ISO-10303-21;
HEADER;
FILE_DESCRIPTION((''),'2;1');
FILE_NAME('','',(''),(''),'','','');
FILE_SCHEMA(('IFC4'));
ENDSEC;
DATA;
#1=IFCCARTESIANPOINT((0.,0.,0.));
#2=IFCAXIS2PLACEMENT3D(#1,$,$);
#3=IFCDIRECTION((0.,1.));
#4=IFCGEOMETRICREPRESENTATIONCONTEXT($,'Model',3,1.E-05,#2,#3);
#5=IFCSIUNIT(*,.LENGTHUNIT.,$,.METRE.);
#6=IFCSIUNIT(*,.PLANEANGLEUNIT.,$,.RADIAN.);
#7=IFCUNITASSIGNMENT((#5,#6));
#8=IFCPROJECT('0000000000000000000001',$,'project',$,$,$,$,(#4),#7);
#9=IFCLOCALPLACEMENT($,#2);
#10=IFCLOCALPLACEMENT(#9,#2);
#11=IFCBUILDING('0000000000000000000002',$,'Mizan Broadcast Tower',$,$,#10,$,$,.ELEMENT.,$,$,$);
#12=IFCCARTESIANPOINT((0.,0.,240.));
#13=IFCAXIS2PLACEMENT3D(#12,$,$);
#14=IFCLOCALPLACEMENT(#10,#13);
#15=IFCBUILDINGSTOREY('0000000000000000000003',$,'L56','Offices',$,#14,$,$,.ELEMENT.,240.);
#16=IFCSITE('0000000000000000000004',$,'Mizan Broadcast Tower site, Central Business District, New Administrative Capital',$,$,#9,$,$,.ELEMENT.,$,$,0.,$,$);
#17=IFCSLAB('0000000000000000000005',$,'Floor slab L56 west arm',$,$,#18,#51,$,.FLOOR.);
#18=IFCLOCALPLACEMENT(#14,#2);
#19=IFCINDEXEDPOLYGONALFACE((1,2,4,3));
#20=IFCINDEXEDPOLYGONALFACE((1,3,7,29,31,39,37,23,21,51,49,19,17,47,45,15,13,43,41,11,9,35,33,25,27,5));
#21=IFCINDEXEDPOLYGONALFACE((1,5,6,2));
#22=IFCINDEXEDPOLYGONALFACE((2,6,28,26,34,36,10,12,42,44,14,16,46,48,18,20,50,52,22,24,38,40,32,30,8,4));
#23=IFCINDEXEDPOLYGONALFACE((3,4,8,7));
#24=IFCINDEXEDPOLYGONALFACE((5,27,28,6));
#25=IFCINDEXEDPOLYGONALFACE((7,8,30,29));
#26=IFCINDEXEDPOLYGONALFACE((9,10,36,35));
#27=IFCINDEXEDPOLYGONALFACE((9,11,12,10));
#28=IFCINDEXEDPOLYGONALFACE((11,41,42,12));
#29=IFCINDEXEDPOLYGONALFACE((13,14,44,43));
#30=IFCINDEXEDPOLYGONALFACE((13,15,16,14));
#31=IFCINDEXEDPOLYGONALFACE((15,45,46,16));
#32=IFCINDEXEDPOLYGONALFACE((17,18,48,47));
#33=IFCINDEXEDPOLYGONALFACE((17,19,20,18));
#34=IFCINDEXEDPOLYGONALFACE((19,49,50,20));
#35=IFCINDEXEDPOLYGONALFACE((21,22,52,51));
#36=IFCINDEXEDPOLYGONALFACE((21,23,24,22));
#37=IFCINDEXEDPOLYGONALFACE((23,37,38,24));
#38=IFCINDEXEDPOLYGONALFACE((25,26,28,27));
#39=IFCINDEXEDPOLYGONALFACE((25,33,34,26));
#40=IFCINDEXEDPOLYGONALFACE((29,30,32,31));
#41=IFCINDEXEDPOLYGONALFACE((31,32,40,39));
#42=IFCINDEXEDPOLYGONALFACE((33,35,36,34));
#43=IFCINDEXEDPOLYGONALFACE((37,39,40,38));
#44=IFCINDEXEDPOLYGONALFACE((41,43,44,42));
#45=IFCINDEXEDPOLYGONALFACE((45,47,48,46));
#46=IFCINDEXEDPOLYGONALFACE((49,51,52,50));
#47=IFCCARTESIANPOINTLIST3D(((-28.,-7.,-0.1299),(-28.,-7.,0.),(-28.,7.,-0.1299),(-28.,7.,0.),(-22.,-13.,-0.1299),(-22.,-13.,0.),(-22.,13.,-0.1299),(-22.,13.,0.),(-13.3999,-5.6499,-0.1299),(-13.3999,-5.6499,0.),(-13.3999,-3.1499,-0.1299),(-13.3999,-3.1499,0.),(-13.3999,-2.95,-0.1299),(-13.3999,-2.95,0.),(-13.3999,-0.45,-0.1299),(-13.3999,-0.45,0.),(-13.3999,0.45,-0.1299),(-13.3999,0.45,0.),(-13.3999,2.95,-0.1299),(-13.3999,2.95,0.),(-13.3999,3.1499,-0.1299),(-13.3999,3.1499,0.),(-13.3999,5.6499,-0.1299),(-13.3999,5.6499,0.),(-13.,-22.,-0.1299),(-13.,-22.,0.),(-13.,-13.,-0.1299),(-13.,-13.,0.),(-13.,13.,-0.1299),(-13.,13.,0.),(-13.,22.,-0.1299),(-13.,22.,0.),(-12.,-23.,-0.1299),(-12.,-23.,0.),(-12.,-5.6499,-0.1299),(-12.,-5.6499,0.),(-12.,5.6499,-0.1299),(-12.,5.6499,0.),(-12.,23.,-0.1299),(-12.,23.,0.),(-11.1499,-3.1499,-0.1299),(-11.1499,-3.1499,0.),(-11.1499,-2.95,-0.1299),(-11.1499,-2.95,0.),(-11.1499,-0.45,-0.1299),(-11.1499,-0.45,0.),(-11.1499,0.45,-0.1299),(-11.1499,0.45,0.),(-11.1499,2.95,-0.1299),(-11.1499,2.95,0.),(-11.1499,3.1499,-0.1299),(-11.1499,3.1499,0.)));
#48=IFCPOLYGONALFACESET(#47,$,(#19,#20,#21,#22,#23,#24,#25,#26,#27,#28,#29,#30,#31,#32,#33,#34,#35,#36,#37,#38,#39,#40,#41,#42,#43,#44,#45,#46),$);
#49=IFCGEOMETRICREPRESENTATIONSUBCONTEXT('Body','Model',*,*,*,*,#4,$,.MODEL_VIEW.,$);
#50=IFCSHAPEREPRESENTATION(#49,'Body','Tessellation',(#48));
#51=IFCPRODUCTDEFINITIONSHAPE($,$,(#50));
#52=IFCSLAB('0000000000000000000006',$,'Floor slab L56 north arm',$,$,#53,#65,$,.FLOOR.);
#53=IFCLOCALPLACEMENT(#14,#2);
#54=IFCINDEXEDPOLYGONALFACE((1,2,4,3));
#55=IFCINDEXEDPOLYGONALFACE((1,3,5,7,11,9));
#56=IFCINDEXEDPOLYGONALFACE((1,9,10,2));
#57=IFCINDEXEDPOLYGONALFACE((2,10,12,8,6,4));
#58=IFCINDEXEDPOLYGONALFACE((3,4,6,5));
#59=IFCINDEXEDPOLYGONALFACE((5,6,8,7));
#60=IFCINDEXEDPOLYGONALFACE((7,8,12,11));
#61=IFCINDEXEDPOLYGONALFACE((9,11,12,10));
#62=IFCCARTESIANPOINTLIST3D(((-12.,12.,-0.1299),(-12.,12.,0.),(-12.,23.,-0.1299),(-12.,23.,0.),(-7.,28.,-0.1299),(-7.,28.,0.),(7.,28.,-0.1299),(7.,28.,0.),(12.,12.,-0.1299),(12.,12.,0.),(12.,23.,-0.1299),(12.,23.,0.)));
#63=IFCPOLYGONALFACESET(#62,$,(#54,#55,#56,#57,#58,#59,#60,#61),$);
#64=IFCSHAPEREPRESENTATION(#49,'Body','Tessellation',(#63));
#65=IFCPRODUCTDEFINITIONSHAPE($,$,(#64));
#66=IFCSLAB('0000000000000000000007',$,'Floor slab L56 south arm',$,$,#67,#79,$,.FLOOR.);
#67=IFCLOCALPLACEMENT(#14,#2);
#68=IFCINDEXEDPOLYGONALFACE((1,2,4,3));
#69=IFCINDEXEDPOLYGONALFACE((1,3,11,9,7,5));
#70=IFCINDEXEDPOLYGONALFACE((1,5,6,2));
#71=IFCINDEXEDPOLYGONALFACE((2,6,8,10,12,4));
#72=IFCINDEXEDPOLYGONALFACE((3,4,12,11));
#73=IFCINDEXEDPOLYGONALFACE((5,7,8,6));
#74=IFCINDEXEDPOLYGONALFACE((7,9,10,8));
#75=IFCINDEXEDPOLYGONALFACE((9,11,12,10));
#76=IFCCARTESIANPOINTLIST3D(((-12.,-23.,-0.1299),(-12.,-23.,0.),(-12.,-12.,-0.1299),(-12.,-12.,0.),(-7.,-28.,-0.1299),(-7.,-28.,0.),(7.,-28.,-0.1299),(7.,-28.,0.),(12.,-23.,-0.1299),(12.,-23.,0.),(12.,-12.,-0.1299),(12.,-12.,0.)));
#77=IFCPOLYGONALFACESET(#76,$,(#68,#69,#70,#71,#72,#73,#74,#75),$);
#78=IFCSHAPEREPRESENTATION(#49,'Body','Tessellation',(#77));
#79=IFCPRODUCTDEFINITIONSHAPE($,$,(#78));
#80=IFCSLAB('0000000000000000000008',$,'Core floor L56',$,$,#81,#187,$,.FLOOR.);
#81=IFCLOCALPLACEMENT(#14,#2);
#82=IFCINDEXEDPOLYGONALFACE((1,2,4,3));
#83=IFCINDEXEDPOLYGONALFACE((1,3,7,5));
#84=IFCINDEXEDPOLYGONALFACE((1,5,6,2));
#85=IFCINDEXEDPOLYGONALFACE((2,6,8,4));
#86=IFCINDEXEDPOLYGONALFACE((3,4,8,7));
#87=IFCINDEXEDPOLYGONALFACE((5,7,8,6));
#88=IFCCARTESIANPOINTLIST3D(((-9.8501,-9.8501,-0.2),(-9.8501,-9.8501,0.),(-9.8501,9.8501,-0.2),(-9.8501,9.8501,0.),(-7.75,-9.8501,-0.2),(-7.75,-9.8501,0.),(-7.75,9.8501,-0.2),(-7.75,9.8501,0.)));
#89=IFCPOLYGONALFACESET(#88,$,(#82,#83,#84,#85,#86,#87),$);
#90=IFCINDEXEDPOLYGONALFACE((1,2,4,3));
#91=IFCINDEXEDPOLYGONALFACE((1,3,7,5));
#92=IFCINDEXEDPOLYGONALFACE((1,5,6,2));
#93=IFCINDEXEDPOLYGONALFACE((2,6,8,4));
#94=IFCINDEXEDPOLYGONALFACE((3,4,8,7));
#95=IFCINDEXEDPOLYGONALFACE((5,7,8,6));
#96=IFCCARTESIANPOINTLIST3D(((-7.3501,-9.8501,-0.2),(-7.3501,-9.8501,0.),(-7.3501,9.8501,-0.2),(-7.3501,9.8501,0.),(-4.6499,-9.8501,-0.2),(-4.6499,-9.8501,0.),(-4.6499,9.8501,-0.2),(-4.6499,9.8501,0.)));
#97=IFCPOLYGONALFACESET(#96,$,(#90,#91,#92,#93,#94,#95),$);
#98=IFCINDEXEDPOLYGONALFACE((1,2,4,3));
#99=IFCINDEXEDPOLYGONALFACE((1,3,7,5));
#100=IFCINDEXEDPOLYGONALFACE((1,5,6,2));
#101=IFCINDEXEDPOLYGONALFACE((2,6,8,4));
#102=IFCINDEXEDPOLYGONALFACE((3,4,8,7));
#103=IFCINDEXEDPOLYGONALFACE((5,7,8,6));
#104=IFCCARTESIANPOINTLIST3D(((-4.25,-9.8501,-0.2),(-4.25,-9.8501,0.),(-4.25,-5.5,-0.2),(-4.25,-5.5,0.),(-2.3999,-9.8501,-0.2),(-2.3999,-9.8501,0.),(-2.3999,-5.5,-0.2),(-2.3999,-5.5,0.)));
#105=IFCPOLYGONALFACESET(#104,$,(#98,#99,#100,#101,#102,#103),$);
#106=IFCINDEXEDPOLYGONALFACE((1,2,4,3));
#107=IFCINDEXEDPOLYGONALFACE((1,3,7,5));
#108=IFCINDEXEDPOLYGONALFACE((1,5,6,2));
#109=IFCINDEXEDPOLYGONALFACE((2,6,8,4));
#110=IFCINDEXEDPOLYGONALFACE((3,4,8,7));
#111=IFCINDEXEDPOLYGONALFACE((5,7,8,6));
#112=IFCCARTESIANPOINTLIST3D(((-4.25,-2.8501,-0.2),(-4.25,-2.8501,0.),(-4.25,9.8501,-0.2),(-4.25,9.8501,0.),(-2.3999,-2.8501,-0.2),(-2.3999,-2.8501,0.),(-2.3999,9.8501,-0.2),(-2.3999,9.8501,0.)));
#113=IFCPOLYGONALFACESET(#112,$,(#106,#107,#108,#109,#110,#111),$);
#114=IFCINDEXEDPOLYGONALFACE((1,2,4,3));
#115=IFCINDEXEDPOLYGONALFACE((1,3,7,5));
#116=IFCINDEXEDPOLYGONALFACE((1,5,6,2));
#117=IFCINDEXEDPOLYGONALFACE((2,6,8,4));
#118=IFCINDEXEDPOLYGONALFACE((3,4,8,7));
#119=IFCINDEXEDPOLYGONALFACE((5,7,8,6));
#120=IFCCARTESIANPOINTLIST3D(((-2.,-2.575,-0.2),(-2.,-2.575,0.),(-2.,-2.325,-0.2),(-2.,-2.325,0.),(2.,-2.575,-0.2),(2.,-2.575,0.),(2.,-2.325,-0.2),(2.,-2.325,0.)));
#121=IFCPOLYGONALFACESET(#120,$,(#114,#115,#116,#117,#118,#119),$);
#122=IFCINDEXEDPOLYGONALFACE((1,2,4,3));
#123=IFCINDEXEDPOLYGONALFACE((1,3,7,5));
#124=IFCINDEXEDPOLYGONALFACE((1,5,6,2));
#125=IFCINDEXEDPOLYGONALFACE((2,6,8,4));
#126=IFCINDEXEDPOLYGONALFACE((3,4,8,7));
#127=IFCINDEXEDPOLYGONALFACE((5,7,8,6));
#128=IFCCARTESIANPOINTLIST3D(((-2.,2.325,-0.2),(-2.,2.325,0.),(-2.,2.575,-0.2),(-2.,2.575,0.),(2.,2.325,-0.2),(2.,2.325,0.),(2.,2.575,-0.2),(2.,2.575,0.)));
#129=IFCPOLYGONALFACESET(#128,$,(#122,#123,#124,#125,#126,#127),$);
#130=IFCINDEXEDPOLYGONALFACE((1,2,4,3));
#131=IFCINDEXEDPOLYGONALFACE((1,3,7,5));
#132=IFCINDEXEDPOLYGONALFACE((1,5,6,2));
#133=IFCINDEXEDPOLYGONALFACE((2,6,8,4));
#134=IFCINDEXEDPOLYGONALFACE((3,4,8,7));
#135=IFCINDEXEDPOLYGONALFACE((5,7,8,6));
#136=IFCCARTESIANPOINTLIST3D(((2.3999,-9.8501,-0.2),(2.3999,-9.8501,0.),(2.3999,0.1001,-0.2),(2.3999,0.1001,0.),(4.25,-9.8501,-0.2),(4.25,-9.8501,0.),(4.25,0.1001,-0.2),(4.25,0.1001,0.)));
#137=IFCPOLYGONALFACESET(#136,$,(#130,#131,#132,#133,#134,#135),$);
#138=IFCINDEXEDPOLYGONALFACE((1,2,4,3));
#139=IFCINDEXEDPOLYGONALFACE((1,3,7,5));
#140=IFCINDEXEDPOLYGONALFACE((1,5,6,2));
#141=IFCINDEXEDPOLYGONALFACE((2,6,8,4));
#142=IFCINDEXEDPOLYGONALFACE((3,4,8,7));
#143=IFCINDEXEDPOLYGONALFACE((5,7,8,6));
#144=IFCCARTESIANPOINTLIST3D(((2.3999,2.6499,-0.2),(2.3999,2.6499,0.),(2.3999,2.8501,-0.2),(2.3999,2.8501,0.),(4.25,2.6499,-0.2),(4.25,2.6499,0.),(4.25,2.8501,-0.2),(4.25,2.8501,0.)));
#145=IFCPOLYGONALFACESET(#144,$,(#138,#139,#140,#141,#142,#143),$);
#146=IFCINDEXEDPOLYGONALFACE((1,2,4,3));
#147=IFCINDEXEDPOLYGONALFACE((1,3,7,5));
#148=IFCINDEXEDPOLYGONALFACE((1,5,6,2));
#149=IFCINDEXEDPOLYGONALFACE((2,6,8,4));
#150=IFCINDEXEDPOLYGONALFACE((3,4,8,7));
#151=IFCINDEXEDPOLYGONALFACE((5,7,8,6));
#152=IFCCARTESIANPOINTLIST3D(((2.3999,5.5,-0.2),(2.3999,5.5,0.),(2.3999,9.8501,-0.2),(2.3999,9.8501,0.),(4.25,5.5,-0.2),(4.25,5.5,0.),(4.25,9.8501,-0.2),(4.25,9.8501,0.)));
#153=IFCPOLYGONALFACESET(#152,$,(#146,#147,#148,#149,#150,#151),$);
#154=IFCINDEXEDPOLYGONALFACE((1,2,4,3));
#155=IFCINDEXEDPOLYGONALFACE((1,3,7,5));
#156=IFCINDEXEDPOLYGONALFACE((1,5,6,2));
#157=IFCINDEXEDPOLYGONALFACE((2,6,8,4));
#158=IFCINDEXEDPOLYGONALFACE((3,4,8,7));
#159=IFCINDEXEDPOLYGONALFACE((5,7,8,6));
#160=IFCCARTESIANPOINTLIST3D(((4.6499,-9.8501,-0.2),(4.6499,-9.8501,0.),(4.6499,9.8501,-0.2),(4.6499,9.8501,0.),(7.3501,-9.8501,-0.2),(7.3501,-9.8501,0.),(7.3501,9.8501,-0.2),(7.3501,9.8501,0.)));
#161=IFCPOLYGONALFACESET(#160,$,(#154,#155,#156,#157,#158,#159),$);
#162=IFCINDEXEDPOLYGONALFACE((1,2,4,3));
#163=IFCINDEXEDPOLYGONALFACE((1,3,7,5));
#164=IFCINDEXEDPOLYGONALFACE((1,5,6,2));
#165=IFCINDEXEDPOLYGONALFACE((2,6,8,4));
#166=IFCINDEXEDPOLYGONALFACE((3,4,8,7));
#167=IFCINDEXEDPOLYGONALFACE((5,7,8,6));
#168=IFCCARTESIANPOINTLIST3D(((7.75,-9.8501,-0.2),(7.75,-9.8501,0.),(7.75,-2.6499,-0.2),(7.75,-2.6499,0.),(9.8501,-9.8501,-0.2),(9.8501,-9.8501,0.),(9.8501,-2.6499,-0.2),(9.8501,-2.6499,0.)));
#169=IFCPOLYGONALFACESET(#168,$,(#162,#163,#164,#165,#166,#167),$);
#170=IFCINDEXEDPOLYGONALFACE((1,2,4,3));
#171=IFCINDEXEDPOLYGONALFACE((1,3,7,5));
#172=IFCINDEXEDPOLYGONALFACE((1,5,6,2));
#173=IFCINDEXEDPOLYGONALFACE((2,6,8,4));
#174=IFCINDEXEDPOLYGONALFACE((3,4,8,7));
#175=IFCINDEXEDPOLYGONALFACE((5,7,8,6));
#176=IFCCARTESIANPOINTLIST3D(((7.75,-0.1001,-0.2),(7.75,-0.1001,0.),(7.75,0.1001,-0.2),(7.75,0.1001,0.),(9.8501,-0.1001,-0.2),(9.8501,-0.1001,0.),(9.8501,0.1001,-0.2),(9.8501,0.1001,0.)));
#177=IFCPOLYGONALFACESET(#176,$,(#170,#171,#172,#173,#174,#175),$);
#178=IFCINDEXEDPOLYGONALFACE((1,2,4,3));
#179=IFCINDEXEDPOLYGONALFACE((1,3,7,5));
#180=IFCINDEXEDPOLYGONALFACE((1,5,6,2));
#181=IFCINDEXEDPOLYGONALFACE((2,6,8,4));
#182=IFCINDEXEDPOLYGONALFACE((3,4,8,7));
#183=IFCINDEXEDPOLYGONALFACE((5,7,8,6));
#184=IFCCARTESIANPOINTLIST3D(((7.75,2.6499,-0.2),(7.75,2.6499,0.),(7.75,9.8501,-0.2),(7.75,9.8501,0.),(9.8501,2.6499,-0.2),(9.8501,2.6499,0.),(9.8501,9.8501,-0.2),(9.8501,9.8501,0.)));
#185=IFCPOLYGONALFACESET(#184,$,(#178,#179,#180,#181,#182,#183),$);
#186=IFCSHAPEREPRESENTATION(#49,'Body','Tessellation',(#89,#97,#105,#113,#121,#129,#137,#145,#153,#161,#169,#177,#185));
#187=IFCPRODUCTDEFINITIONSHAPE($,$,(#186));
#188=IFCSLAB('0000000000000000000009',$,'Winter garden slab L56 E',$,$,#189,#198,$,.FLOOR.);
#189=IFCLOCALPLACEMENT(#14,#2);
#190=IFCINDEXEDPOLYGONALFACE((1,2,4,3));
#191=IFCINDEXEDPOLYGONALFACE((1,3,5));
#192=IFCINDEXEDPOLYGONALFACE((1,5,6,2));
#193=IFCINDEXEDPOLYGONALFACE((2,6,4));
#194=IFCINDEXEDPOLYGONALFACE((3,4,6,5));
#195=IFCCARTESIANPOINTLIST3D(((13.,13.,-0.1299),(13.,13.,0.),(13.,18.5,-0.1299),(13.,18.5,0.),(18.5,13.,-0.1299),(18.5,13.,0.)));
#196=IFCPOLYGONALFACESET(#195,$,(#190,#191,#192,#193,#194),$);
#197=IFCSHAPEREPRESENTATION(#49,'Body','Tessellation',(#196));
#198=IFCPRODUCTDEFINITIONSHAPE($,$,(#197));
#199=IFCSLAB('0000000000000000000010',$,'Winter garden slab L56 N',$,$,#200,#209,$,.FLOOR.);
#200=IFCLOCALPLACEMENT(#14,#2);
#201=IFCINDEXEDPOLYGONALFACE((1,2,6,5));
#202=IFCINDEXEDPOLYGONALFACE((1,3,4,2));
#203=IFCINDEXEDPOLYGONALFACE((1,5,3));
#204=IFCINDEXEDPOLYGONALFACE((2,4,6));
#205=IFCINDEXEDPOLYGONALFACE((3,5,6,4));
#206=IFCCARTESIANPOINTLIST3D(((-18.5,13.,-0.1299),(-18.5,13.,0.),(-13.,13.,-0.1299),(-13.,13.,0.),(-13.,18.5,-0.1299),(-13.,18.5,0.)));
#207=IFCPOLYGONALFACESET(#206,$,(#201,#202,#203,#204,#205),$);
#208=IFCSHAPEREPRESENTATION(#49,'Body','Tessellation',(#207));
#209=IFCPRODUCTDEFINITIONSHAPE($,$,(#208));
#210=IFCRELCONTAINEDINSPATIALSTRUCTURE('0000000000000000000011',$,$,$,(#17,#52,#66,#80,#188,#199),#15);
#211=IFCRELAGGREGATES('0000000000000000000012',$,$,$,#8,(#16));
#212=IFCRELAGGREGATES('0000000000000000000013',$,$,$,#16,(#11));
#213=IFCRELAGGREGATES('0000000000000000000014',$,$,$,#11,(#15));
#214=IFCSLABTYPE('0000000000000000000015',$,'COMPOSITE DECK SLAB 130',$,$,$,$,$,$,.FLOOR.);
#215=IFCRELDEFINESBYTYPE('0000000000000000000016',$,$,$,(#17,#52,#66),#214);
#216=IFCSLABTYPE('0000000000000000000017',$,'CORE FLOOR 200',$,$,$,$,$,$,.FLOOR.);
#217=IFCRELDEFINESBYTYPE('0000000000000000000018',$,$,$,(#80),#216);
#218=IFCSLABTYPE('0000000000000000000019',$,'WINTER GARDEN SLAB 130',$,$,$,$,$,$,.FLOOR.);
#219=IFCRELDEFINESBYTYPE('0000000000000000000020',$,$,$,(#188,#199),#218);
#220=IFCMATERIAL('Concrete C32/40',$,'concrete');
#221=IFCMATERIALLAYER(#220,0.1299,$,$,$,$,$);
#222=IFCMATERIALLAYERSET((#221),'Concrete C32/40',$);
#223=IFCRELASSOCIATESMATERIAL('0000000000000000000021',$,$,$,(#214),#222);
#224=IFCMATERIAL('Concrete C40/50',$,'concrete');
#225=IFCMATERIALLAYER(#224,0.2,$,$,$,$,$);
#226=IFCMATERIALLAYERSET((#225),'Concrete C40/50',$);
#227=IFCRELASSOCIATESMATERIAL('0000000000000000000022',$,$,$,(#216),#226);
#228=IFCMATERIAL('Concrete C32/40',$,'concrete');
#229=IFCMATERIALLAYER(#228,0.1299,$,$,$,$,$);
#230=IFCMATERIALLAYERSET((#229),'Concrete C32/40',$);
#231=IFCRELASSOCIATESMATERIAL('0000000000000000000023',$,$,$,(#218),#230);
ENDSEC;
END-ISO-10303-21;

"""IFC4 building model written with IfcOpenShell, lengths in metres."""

from ifc_helpers import new_model, si_unit, direction, frame, origin, place, context, subcontext, project, spatial, polyline, outline, extrude, material, layer, layer_set, type_object, element, save


model = new_model("IFC4")

# Units and contexts
model_context = context("Model", 3, precision=1e-05, world=origin(), true_north=direction((0.0, 1.0)))
body_context = subcontext(model_context, "Body", "Model", "MODEL_VIEW")
ifc_project = project(units=[si_unit("LENGTHUNIT", "METRE"), si_unit("PLANEANGLEUNIT", "RADIAN")], contexts=[model_context])

# Site, building, storey
site_placement = place(None, origin())
site = spatial("IfcSite", under=ifc_project, at=site_placement, Name="Mizan Broadcast Tower site, Central Business District, New Administrative Capital", CompositionType="ELEMENT", RefElevation=0.0)
building_placement = place(site_placement, origin())
building = spatial("IfcBuilding", under=site, at=building_placement, Name="Mizan Broadcast Tower", CompositionType="ELEMENT")
storey_placement = place(building_placement, frame((0.0, 0.0, 240.0)))
storey = spatial("IfcBuildingStorey", under=building, at=storey_placement, Name="L56", Description="Offices", CompositionType="ELEMENT", Elevation=240.0)

# Slabs
ifc_material_1 = material(Name="Concrete C32/40", Category="concrete")
ifc_layer_1 = layer(ifc_material_1, 0.1299)
ifc_layer_set_1 = layer_set([ifc_layer_1], Name="Concrete C32/40")
slab_type_1 = type_object("IfcSlabType", Name="COMPOSITE DECK SLAB 130", PredefinedType="FLOOR", material=ifc_layer_set_1)
slab_1_placement = place(storey_placement, frame((0.0, 0.0, -0.1299)))
element("IfcSlab", 1, at=slab_1_placement, inside=storey, type_object=slab_type_1, Name="Floor slab L56 west arm", PredefinedType="FLOOR", context=body_context, shape_type="SweptSolid", body=[
    extrude(outline(polyline([(-22.0, 13.0), (-28.0, 7.0), (-28.0, -7.0), (-22.0, -13.0), (-13.0, -13.0), (-13.0, -22.0), (-12.0, -23.0), (-12.0, -5.6499), (-13.3999, -5.6499), (-13.3999, -3.1499), (-11.1499, -3.1499), (-11.1499, -2.95), (-13.3999, -2.95), (-13.3999, -0.45), (-11.1499, -0.45), (-11.1499, 0.45), (-13.3999, 0.45), (-13.3999, 2.95), (-11.1499, 2.95), (-11.1499, 3.1499), (-13.3999, 3.1499), (-13.3999, 5.6499), (-12.0, 5.6499), (-12.0, 23.0), (-13.0, 22.0), (-13.0, 13.0), (-22.0, 13.0)])), origin(), (0.0, 0.0, 1.0), 0.1299),
])
slab_2_placement = place(storey_placement, frame((0.0, 0.0, -0.1299)))
element("IfcSlab", 2, at=slab_2_placement, inside=storey, type_object=slab_type_1, Name="Floor slab L56 north arm", PredefinedType="FLOOR", context=body_context, shape_type="SweptSolid", body=[
    extrude(outline(polyline([(-7.0, 28.0), (-12.0, 23.0), (-12.0, 12.0), (12.0, 12.0), (12.0, 23.0), (7.0, 28.0), (-7.0, 28.0)])), origin(), (0.0, 0.0, 1.0), 0.1299),
])
slab_3_placement = place(storey_placement, frame((0.0, 0.0, -0.1299)))
element("IfcSlab", 3, at=slab_3_placement, inside=storey, type_object=slab_type_1, Name="Floor slab L56 south arm", PredefinedType="FLOOR", context=body_context, shape_type="SweptSolid", body=[
    extrude(outline(polyline([(7.0, -28.0), (12.0, -23.0), (12.0, -12.0), (-12.0, -12.0), (-12.0, -23.0), (-7.0, -28.0), (7.0, -28.0)])), origin(), (0.0, 0.0, 1.0), 0.1299),
])
ifc_material_2 = material(Name="Concrete C40/50", Category="concrete")
ifc_layer_2 = layer(ifc_material_2, 0.2)
ifc_layer_set_2 = layer_set([ifc_layer_2], Name="Concrete C40/50")
slab_type_2 = type_object("IfcSlabType", Name="CORE FLOOR 200", PredefinedType="FLOOR", material=ifc_layer_set_2)
slab_4_placement = place(storey_placement, frame((0.0, 0.0, -0.2)))
element("IfcSlab", 4, at=slab_4_placement, inside=storey, type_object=slab_type_2, Name="Core floor L56", PredefinedType="FLOOR", context=body_context, shape_type="SweptSolid", body=[
    extrude(outline(polyline([(-9.8501, -9.8501), (-7.75, -9.8501), (-7.75, 9.8501), (-9.8501, 9.8501), (-9.8501, -9.8501)])), origin(), (0.0, 0.0, 1.0), 0.2),
    extrude(outline(polyline([(-4.6499, 9.8501), (-7.3501, 9.8501), (-7.3501, -9.8501), (-4.6499, -9.8501), (-4.6499, 9.8501)])), origin(), (0.0, 0.0, 1.0), 0.2),
    extrude(outline(polyline([(-4.25, -5.5), (-4.25, -9.8501), (-2.3999, -9.8501), (-2.3999, -5.5), (-4.25, -5.5)])), origin(), (0.0, 0.0, 1.0), 0.2),
    extrude(outline(polyline([(-4.25, -2.8501), (-2.3999, -2.8501), (-2.3999, 9.8501), (-4.25, 9.8501), (-4.25, -2.8501)])), origin(), (0.0, 0.0, 1.0), 0.2),
    extrude(outline(polyline([(2.0, -2.325), (-2.0, -2.325), (-2.0, -2.575), (2.0, -2.575), (2.0, -2.325)])), origin(), (0.0, 0.0, 1.0), 0.2),
    extrude(outline(polyline([(2.0, 2.575), (-2.0, 2.575), (-2.0, 2.325), (2.0, 2.325), (2.0, 2.575)])), origin(), (0.0, 0.0, 1.0), 0.2),
    extrude(outline(polyline([(4.25, -9.8501), (4.25, 0.1001), (2.3999, 0.1001), (2.3999, -9.8501), (4.25, -9.8501)])), origin(), (0.0, 0.0, 1.0), 0.2),
    extrude(outline(polyline([(4.25, 2.6499), (4.25, 2.8501), (2.3999, 2.8501), (2.3999, 2.6499), (4.25, 2.6499)])), origin(), (0.0, 0.0, 1.0), 0.2),
    extrude(outline(polyline([(4.25, 5.5), (4.25, 9.8501), (2.3999, 9.8501), (2.3999, 5.5), (4.25, 5.5)])), origin(), (0.0, 0.0, 1.0), 0.2),
    extrude(outline(polyline([(4.6499, 9.8501), (4.6499, -9.8501), (7.3501, -9.8501), (7.3501, 9.8501), (4.6499, 9.8501)])), origin(), (0.0, 0.0, 1.0), 0.2),
    extrude(outline(polyline([(9.8501, -9.8501), (9.8501, -2.6499), (7.75, -2.6499), (7.75, -9.8501), (9.8501, -9.8501)])), origin(), (0.0, 0.0, 1.0), 0.2),
    extrude(outline(polyline([(9.8501, -0.1001), (9.8501, 0.1001), (7.75, 0.1001), (7.75, -0.1001), (9.8501, -0.1001)])), origin(), (0.0, 0.0, 1.0), 0.2),
    extrude(outline(polyline([(7.75, 9.8501), (7.75, 2.6499), (9.8501, 2.6499), (9.8501, 9.8501), (7.75, 9.8501)])), origin(), (0.0, 0.0, 1.0), 0.2),
])
ifc_material_3 = material(Name="Concrete C32/40", Category="concrete")
ifc_layer_3 = layer(ifc_material_3, 0.1299)
ifc_layer_set_3 = layer_set([ifc_layer_3], Name="Concrete C32/40")
slab_type_3 = type_object("IfcSlabType", Name="WINTER GARDEN SLAB 130", PredefinedType="FLOOR", material=ifc_layer_set_3)
slab_5_placement = place(storey_placement, frame((0.0, 0.0, -0.1299)))
element("IfcSlab", 5, at=slab_5_placement, inside=storey, type_object=slab_type_3, Name="Winter garden slab L56 E", PredefinedType="FLOOR", context=body_context, shape_type="SweptSolid", body=[
    extrude(outline(polyline([(13.0, 13.0), (18.5, 13.0), (13.0, 18.5), (13.0, 13.0)])), origin(), (0.0, 0.0, 1.0), 0.1299),
])
slab_6_placement = place(storey_placement, frame((0.0, 0.0, -0.1299)))
element("IfcSlab", 6, at=slab_6_placement, inside=storey, type_object=slab_type_3, Name="Winter garden slab L56 N", PredefinedType="FLOOR", context=body_context, shape_type="SweptSolid", body=[
    extrude(outline(polyline([(-13.0, 13.0), (-13.0, 18.5), (-18.5, 13.0), (-13.0, 13.0)])), origin(), (0.0, 0.0, 1.0), 0.1299),
])

save(model, "model.ifc")
